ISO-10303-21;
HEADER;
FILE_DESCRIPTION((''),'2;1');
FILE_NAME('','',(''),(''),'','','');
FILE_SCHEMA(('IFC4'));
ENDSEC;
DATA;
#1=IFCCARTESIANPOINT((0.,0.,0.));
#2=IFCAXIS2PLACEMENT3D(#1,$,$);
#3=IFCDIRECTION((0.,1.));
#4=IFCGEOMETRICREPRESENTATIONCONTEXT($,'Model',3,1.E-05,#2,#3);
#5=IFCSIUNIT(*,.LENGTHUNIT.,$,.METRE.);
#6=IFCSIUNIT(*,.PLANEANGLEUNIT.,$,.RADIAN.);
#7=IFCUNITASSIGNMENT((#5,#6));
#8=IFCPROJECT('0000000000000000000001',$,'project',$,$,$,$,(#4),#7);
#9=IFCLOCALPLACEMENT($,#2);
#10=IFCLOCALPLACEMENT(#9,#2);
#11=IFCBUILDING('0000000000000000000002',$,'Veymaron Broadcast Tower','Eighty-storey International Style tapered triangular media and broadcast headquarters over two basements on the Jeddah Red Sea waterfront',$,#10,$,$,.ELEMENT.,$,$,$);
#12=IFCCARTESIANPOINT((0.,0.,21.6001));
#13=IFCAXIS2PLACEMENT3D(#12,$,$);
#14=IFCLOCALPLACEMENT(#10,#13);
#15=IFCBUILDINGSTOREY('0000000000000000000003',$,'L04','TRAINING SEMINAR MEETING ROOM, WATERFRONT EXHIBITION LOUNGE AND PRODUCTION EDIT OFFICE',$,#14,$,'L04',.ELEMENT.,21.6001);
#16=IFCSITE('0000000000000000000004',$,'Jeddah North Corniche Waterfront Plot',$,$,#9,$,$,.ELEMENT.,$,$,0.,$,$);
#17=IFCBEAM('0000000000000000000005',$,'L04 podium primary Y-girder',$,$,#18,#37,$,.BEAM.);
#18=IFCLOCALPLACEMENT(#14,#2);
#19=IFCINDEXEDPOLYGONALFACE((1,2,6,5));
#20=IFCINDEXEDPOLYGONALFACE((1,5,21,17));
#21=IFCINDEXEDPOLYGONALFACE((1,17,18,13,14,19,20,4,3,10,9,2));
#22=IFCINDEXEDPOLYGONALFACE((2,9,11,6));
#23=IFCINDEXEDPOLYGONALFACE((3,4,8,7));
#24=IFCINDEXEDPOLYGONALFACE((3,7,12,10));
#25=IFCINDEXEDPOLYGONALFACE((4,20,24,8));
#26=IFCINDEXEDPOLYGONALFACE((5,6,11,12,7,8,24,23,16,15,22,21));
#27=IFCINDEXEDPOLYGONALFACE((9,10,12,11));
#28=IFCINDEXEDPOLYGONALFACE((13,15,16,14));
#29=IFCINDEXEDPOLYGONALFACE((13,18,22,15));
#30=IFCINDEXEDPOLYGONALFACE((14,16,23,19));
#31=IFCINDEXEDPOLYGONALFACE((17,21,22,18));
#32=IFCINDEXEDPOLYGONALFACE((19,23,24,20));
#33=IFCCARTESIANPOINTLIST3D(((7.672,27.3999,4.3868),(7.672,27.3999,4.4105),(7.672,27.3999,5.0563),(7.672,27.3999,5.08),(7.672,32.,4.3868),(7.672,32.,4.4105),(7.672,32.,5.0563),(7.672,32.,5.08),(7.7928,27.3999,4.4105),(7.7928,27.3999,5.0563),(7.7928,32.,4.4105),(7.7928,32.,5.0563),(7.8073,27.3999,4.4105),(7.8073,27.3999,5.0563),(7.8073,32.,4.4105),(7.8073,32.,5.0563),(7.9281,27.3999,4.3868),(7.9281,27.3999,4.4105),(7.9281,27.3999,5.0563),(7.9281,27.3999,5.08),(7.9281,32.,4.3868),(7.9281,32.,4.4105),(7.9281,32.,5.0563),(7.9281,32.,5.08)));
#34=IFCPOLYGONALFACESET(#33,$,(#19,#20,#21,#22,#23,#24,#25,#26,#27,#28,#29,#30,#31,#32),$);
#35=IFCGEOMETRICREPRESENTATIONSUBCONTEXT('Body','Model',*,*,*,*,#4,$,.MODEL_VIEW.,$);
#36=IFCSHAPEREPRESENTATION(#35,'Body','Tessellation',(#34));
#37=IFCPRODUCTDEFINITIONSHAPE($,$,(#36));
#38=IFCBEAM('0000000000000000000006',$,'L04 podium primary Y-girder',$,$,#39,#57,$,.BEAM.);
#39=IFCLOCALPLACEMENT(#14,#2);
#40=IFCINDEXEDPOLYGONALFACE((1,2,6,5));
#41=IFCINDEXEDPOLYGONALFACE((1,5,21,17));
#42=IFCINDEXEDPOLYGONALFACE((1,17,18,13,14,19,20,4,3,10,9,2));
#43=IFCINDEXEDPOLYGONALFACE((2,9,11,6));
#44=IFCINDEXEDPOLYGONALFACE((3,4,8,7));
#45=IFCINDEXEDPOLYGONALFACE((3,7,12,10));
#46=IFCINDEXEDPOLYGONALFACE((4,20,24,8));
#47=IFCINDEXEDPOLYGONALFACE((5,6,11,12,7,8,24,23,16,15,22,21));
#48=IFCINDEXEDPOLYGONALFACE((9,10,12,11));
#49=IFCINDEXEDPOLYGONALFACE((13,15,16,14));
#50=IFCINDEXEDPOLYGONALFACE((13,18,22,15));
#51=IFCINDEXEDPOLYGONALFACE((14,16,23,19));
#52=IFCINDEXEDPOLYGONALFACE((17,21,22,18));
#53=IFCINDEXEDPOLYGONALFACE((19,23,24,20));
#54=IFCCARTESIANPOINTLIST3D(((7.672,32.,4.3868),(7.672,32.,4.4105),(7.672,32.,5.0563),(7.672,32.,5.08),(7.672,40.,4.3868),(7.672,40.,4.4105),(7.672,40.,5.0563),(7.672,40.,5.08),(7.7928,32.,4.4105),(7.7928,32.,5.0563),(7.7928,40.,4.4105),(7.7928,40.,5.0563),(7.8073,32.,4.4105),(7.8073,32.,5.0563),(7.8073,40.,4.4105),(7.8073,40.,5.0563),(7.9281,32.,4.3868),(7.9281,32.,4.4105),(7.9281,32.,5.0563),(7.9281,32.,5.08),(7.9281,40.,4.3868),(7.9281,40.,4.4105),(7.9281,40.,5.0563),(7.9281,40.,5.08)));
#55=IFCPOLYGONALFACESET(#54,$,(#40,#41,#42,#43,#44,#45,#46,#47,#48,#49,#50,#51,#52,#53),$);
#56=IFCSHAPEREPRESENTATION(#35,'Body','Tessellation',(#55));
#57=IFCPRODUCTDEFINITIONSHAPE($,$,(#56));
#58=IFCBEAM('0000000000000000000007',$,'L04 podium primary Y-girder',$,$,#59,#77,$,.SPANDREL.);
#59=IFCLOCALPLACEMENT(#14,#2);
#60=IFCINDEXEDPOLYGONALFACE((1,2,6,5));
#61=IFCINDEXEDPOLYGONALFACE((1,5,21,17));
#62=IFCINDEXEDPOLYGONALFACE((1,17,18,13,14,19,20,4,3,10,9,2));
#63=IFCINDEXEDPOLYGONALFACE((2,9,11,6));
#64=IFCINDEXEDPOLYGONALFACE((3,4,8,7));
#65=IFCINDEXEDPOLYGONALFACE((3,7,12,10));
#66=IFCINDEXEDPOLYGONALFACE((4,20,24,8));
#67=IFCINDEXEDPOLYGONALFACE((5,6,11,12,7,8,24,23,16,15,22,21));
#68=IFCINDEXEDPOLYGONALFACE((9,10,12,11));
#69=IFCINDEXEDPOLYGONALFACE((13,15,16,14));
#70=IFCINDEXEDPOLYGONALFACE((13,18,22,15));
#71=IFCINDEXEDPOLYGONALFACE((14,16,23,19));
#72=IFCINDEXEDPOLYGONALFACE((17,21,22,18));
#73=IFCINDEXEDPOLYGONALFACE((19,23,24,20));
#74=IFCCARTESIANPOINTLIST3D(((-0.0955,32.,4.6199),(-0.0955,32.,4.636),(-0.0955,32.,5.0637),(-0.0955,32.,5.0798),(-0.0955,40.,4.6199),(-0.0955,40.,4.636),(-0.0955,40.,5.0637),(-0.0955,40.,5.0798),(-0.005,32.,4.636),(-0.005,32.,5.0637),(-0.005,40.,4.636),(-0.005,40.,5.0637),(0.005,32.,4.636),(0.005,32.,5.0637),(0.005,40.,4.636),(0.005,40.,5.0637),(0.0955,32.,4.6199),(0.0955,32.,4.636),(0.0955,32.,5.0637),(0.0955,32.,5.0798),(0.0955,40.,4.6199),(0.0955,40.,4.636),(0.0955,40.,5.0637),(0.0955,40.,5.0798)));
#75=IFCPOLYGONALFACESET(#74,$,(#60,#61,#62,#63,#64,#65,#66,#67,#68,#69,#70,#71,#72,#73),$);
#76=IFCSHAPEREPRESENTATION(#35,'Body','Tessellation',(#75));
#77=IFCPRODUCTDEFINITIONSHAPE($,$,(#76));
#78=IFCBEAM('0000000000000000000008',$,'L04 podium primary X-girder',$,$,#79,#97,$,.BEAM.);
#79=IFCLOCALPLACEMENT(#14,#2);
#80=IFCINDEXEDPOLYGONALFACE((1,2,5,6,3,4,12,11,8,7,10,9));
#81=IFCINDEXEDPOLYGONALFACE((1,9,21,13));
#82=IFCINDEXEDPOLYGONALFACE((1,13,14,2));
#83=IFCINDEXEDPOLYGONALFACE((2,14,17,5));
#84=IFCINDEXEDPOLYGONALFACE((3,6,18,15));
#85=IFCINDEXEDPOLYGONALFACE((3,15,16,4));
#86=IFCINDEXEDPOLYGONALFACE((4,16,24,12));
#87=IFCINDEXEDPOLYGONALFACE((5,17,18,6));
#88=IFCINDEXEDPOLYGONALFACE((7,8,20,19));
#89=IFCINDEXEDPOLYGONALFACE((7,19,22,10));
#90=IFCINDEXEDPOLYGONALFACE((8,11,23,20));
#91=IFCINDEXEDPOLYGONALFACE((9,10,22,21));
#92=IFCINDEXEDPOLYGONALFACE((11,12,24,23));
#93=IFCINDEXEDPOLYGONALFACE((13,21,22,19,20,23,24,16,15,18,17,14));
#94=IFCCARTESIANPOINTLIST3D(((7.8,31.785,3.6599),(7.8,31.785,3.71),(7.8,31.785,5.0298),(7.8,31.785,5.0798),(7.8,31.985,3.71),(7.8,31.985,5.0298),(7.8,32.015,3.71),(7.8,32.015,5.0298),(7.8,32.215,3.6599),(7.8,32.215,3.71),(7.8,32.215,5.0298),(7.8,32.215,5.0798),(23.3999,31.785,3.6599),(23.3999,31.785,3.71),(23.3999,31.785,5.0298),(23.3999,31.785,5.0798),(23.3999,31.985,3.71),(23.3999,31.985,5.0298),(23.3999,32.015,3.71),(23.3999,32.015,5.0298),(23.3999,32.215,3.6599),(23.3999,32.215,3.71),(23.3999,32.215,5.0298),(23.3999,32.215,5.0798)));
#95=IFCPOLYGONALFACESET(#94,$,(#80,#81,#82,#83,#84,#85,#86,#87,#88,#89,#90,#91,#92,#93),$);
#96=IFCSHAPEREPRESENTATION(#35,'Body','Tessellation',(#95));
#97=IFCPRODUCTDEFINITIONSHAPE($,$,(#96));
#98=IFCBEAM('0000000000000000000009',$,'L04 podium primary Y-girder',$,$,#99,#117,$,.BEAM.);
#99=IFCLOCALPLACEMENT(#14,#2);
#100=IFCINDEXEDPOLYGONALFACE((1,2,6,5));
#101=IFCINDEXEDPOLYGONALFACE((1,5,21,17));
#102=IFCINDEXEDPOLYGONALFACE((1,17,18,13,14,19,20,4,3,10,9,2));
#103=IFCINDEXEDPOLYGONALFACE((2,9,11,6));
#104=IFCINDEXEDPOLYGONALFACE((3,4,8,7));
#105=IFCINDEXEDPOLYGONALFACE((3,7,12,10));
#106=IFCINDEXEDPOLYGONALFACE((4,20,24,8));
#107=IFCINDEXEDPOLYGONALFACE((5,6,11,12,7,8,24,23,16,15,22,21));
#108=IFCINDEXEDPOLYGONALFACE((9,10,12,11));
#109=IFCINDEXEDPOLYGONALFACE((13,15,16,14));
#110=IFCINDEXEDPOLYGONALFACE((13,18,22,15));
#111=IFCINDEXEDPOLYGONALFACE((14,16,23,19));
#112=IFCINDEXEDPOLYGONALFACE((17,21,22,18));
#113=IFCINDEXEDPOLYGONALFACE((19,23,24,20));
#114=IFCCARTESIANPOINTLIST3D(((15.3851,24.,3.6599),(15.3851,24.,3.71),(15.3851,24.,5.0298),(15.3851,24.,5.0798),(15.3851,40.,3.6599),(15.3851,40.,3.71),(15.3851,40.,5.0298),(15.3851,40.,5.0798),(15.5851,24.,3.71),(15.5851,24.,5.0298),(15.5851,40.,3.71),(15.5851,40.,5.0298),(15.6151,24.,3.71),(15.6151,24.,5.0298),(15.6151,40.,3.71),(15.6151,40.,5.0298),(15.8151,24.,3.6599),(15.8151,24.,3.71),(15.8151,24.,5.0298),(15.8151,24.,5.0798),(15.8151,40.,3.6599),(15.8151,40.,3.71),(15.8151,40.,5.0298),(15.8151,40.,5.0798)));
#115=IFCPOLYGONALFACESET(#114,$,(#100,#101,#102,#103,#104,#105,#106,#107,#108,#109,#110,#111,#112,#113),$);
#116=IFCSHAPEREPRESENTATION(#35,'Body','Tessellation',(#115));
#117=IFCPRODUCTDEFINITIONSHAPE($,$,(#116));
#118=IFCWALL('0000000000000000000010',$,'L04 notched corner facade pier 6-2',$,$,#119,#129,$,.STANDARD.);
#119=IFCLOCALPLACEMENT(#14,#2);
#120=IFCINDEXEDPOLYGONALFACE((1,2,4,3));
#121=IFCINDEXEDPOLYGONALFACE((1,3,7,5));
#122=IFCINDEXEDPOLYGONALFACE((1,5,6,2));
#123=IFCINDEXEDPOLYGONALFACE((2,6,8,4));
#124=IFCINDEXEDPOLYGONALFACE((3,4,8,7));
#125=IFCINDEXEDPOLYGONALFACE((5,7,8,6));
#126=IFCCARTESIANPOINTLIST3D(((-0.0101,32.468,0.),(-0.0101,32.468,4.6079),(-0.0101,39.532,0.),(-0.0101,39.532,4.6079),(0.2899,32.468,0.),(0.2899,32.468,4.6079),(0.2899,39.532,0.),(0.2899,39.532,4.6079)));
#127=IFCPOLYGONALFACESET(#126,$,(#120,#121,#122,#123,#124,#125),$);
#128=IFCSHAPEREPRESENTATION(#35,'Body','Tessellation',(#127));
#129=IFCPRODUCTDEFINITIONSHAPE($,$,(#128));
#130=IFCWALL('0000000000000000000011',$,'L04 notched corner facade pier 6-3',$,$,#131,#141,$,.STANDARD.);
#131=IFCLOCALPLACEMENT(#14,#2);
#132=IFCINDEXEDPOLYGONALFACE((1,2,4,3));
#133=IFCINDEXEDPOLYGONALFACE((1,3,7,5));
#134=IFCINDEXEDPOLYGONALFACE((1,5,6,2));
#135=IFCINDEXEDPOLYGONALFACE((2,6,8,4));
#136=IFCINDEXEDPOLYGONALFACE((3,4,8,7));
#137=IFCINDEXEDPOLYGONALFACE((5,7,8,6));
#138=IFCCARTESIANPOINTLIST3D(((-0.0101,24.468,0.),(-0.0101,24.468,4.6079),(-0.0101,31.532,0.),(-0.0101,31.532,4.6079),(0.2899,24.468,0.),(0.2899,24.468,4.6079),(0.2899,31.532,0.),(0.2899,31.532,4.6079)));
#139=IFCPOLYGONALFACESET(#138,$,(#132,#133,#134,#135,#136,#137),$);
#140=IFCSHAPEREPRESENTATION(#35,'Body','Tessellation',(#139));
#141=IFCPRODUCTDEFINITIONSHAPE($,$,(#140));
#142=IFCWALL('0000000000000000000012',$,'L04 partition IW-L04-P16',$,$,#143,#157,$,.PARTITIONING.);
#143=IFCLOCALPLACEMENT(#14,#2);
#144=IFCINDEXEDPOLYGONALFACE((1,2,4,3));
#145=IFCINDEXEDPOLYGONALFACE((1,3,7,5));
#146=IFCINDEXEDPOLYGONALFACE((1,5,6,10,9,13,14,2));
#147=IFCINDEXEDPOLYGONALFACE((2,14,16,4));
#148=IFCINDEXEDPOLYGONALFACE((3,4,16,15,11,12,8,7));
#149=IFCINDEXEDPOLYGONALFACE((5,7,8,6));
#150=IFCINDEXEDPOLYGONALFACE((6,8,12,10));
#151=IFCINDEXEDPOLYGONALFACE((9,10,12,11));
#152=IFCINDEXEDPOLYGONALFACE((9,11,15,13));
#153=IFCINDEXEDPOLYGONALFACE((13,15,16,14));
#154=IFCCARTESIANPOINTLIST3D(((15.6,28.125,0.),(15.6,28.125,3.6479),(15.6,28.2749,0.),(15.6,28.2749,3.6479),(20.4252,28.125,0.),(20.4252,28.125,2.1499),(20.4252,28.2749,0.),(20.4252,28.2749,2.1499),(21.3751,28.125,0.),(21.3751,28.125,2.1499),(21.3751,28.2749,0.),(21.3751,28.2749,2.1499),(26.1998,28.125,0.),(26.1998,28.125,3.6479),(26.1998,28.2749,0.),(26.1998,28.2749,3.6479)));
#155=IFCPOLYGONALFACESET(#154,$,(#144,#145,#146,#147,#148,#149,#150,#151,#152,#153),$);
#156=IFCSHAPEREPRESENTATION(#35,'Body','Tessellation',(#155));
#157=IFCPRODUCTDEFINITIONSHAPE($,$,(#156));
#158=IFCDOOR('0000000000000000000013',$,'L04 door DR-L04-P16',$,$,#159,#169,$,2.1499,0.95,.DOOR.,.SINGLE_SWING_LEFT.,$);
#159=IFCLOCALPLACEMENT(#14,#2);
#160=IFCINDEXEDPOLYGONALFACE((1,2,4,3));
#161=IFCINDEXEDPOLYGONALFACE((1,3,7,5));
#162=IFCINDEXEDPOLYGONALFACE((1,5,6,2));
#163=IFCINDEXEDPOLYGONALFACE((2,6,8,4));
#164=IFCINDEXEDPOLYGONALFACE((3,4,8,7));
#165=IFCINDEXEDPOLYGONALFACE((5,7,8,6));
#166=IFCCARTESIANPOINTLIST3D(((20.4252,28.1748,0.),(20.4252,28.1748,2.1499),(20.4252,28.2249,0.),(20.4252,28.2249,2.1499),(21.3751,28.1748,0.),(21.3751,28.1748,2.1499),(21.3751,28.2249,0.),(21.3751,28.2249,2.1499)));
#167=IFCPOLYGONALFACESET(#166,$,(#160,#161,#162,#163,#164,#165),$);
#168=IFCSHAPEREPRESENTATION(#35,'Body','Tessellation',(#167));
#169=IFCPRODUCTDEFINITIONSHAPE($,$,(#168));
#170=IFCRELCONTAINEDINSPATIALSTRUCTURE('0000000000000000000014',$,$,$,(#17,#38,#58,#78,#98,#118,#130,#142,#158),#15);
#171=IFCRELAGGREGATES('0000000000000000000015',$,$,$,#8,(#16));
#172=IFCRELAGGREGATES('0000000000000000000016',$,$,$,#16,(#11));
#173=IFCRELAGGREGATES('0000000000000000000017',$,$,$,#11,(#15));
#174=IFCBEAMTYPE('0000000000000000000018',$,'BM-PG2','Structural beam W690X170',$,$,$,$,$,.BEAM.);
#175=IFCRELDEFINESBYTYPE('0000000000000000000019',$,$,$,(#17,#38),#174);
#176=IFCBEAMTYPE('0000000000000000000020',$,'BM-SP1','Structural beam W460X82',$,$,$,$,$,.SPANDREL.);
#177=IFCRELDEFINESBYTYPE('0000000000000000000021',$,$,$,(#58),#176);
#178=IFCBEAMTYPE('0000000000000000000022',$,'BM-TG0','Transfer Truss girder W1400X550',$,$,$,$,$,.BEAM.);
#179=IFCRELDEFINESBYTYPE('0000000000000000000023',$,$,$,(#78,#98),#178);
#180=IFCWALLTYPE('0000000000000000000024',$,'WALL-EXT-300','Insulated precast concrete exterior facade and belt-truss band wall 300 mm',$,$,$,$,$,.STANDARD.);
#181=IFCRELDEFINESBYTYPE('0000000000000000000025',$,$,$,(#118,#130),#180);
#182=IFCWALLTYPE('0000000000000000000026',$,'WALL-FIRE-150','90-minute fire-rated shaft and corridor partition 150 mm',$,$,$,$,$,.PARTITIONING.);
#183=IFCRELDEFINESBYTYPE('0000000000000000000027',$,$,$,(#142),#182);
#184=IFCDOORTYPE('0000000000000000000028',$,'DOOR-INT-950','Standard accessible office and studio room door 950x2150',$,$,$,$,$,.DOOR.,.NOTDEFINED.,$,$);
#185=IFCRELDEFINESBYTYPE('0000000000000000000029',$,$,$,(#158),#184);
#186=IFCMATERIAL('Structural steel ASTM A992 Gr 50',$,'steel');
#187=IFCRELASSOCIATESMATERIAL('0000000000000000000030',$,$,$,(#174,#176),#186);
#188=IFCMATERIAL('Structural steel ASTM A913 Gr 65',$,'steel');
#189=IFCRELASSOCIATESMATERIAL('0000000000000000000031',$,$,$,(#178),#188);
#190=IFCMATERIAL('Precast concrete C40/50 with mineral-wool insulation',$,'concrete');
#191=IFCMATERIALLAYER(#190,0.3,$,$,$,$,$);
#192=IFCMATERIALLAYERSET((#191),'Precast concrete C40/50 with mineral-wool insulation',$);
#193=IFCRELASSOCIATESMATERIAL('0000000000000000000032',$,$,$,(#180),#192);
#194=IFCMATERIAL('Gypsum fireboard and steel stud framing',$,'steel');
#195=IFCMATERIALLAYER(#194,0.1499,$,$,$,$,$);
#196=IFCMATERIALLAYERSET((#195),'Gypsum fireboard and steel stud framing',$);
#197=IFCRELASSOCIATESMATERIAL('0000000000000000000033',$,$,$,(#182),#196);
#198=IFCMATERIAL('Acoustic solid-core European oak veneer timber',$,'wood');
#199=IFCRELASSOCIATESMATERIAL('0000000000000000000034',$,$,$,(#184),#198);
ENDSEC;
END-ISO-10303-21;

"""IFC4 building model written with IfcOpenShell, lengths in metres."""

from ifc_helpers import new_model, si_unit, direction, frame, frame_2d, origin, origin_2d, place, context, subcontext, project, spatial, rectangle, i_section, extrude, material, layer, layer_set, material_profile, profile_set, type_object, element, fill, save


model = new_model("IFC4")

# Units and contexts
model_context = context("Model", 3, precision=1e-05, world=origin(), true_north=direction((0.0, 1.0)))
body_context = subcontext(model_context, "Body", "Model", "MODEL_VIEW")
ifc_project = project(units=[si_unit("LENGTHUNIT", "METRE"), si_unit("PLANEANGLEUNIT", "RADIAN")], contexts=[model_context])

# Site, building, storey
site_placement = place(None, origin())
site = spatial("IfcSite", under=ifc_project, at=site_placement, Name="Jeddah North Corniche Waterfront Plot", CompositionType="ELEMENT", RefElevation=0.0)
building_placement = place(site_placement, origin())
building = spatial("IfcBuilding", under=site, at=building_placement, Name="Veymaron Broadcast Tower", Description="Eighty-storey International Style tapered triangular media and broadcast headquarters over two basements on the Jeddah Red Sea waterfront", CompositionType="ELEMENT")
storey_placement = place(building_placement, frame((0.0, 0.0, 21.6001)))
storey = spatial("IfcBuildingStorey", under=building, at=storey_placement, Name="L04", Description="TRAINING SEMINAR MEETING ROOM, WATERFRONT EXHIBITION LOUNGE AND PRODUCTION EDIT OFFICE", LongName="L04", CompositionType="ELEMENT", Elevation=21.6001)

# Shared definitions
ifc_material_1 = material(Name="Structural steel ASTM A913 Gr 65", Category="steel")

# Beams
ifc_material_2 = material(Name="Structural steel ASTM A992 Gr 50", Category="steel")
ifc_material_profile_1 = material_profile(ifc_material_2, i_section(OverallWidth=0.2561, OverallDepth=0.6931, WebThickness=0.0144, FlangeThickness=0.0237, at=origin_2d()), Name="W690X170")
ifc_profile_set_1 = profile_set([ifc_material_profile_1], Name="Structural steel ASTM A992 Gr 50")
beam_type_1 = type_object("IfcBeamType", Name="BM-PG2", Description="Structural beam W690X170", PredefinedType="BEAM", material=ifc_profile_set_1)
beam_1_placement = place(storey_placement, frame((7.8, 27.3999, 4.7334), z_axis=(0.0, 1.0, 0.0), x_axis=(-1.0, 0.0, 0.0)))
element("IfcBeam", 1, at=beam_1_placement, inside=storey, type_object=beam_type_1, Name="L04 podium primary Y-girder", PredefinedType="BEAM", context=body_context, shape_type="SweptSolid", body=[
    extrude(i_section(OverallWidth=0.2561, OverallDepth=0.6931, WebThickness=0.0144, FlangeThickness=0.0237, at=origin_2d()), origin(), (0.0, 0.0, 1.0), 4.6001),
])
beam_2_placement = place(storey_placement, frame((7.8, 32.0, 4.7334), z_axis=(0.0, 1.0, 0.0), x_axis=(-1.0, 0.0, 0.0)))
element("IfcBeam", 2, at=beam_2_placement, inside=storey, type_object=beam_type_1, Name="L04 podium primary Y-girder", PredefinedType="BEAM", context=body_context, shape_type="SweptSolid", body=[
    extrude(i_section(OverallWidth=0.2561, OverallDepth=0.6931, WebThickness=0.0144, FlangeThickness=0.0237, at=origin_2d()), origin(), (0.0, 0.0, 1.0), 8.0),
])
ifc_material_profile_2 = material_profile(ifc_material_2, i_section(OverallWidth=0.1909, OverallDepth=0.46, WebThickness=0.01, FlangeThickness=0.0161, at=origin_2d()), Name="W460X82")
ifc_profile_set_2 = profile_set([ifc_material_profile_2], Name="Structural steel ASTM A992 Gr 50")
beam_type_2 = type_object("IfcBeamType", Name="BM-SP1", Description="Structural beam W460X82", PredefinedType="SPANDREL", material=ifc_profile_set_2)
beam_3_placement = place(storey_placement, frame((0.0, 32.0, 4.8499), z_axis=(0.0, 1.0, 0.0), x_axis=(-1.0, 0.0, 0.0)))
element("IfcBeam", 3, at=beam_3_placement, inside=storey, type_object=beam_type_2, Name="L04 podium primary Y-girder", PredefinedType="SPANDREL", context=body_context, shape_type="SweptSolid", body=[
    extrude(i_section(OverallWidth=0.1909, OverallDepth=0.46, WebThickness=0.01, FlangeThickness=0.0161, at=origin_2d()), origin(), (0.0, 0.0, 1.0), 8.0),
])
ifc_material_profile_3 = material_profile(ifc_material_1, i_section(OverallWidth=0.4299, OverallDepth=1.4199, WebThickness=0.03, FlangeThickness=0.05, at=origin_2d()), Name="W1400X550")
ifc_profile_set_3 = profile_set([ifc_material_profile_3], Name="Structural steel ASTM A913 Gr 65")
beam_type_3 = type_object("IfcBeamType", Name="BM-TG0", Description="Transfer Truss girder W1400X550", PredefinedType="BEAM", material=ifc_profile_set_3)
beam_4_placement = place(storey_placement, frame((7.8, 32.0, 4.3699), z_axis=(1.0, 0.0, 0.0), x_axis=(0.0, 1.0, 0.0)))
element("IfcBeam", 4, at=beam_4_placement, inside=storey, type_object=beam_type_3, Name="L04 podium primary X-girder", PredefinedType="BEAM", context=body_context, shape_type="SweptSolid", body=[
    extrude(i_section(OverallWidth=0.4299, OverallDepth=1.4199, WebThickness=0.03, FlangeThickness=0.05, at=origin_2d()), origin(), (0.0, 0.0, 1.0), 15.5999),
])
beam_5_placement = place(storey_placement, frame((15.6001, 24.0, 4.3699), z_axis=(0.0, 1.0, 0.0), x_axis=(-1.0, 0.0, 0.0)))
element("IfcBeam", 5, at=beam_5_placement, inside=storey, type_object=beam_type_3, Name="L04 podium primary Y-girder", PredefinedType="BEAM", context=body_context, shape_type="SweptSolid", body=[
    extrude(i_section(OverallWidth=0.4299, OverallDepth=1.4199, WebThickness=0.03, FlangeThickness=0.05, at=origin_2d()), origin(), (0.0, 0.0, 1.0), 16.0),
])

# Walls
ifc_material_3 = material(Name="Precast concrete C40/50 with mineral-wool insulation", Category="concrete")
ifc_layer_1 = layer(ifc_material_3, 0.3)
ifc_layer_set_1 = layer_set([ifc_layer_1], Name="Precast concrete C40/50 with mineral-wool insulation")
wall_type_1 = type_object("IfcWallType", Name="WALL-EXT-300", Description="Insulated precast concrete exterior facade and belt-truss band wall 300 mm", PredefinedType="STANDARD", material=ifc_layer_set_1)
for number, where, z_axis, x_axis, name in (
    (6, (0.1399, 39.532, 0.0), (0.0, 0.0, 1.0), (0.0, -1.0, 0.0), "L04 notched corner facade pier 6-2"),
    (7, (0.1399, 31.532, 0.0), (0.0, 0.0, 1.0), (0.0, -1.0, 0.0), "L04 notched corner facade pier 6-3"),
):
    element("IfcWall", number, at=place(storey_placement, frame(where, z_axis=z_axis, x_axis=x_axis)), inside=storey, type_object=wall_type_1, Name=name, PredefinedType="STANDARD", context=body_context, shape_type="SweptSolid", body=[
        extrude(rectangle(XDim=7.064, YDim=0.3, at=frame_2d((3.532, 0.0))), origin(), (0.0, 0.0, 1.0), 4.6079),
    ])

# Wall, opening, door
ifc_material_4 = material(Name="Gypsum fireboard and steel stud framing", Category="steel")
ifc_layer_2 = layer(ifc_material_4, 0.1499)
ifc_layer_set_2 = layer_set([ifc_layer_2], Name="Gypsum fireboard and steel stud framing")
wall_type_2 = type_object("IfcWallType", Name="WALL-FIRE-150", Description="90-minute fire-rated shaft and corridor partition 150 mm", PredefinedType="PARTITIONING", material=ifc_layer_set_2)
wall_1_placement = place(storey_placement, frame((15.6001, 28.2, 0.0), z_axis=(0.0, 0.0, 1.0), x_axis=(1.0, 0.0, 0.0)))
wall_1 = element("IfcWall", 8, at=wall_1_placement, inside=storey, type_object=wall_type_2, Name="L04 partition IW-L04-P16", PredefinedType="PARTITIONING", context=body_context, shape_type="SweptSolid", body=[
    extrude(rectangle(XDim=10.5999, YDim=0.1499, at=frame_2d((5.2998, 0.0))), origin(), (0.0, 0.0, 1.0), 3.6479),
])
opening_1_placement = place(wall_1_placement, frame((4.825, 0.0, 0.0)))
opening_1 = element("IfcOpeningElement", 9, at=opening_1_placement, cuts=wall_1, PredefinedType="OPENING", context=body_context, shape_type="SweptSolid", body=[
    extrude(rectangle(XDim=0.95, YDim=2.1499, at=frame_2d((0.4751, 1.075))), frame((0.0, 0.085, 0.0), z_axis=(0.0, -1.0, 0.0), x_axis=(1.0, 0.0, 0.0)), (0.0, 0.0, 1.0), 0.1699),
])
ifc_material_5 = material(Name="Acoustic solid-core European oak veneer timber", Category="wood")
door_type = type_object("IfcDoorType", Name="DOOR-INT-950", Description="Standard accessible office and studio room door 950x2150", OperationType="NOTDEFINED", PredefinedType="DOOR", material=ifc_material_5)
door_1_placement = place(opening_1_placement, origin())
door_1 = element("IfcDoor", 10, at=door_1_placement, inside=storey, type_object=door_type, Name="L04 door DR-L04-P16", OperationType="SINGLE_SWING_LEFT", OverallHeight=2.1499, OverallWidth=0.95, PredefinedType="DOOR", context=body_context, shape_type="SweptSolid", body=[
    extrude(rectangle(XDim=0.95, YDim=2.1499, at=frame_2d((0.4751, 1.075))), frame((0.0, 0.0249, 0.0), z_axis=(0.0, -1.0, 0.0), x_axis=(1.0, 0.0, 0.0)), (0.0, 0.0, 1.0), 0.05),
])
fill(opening_1, door_1)

save(model, "model.ifc")
